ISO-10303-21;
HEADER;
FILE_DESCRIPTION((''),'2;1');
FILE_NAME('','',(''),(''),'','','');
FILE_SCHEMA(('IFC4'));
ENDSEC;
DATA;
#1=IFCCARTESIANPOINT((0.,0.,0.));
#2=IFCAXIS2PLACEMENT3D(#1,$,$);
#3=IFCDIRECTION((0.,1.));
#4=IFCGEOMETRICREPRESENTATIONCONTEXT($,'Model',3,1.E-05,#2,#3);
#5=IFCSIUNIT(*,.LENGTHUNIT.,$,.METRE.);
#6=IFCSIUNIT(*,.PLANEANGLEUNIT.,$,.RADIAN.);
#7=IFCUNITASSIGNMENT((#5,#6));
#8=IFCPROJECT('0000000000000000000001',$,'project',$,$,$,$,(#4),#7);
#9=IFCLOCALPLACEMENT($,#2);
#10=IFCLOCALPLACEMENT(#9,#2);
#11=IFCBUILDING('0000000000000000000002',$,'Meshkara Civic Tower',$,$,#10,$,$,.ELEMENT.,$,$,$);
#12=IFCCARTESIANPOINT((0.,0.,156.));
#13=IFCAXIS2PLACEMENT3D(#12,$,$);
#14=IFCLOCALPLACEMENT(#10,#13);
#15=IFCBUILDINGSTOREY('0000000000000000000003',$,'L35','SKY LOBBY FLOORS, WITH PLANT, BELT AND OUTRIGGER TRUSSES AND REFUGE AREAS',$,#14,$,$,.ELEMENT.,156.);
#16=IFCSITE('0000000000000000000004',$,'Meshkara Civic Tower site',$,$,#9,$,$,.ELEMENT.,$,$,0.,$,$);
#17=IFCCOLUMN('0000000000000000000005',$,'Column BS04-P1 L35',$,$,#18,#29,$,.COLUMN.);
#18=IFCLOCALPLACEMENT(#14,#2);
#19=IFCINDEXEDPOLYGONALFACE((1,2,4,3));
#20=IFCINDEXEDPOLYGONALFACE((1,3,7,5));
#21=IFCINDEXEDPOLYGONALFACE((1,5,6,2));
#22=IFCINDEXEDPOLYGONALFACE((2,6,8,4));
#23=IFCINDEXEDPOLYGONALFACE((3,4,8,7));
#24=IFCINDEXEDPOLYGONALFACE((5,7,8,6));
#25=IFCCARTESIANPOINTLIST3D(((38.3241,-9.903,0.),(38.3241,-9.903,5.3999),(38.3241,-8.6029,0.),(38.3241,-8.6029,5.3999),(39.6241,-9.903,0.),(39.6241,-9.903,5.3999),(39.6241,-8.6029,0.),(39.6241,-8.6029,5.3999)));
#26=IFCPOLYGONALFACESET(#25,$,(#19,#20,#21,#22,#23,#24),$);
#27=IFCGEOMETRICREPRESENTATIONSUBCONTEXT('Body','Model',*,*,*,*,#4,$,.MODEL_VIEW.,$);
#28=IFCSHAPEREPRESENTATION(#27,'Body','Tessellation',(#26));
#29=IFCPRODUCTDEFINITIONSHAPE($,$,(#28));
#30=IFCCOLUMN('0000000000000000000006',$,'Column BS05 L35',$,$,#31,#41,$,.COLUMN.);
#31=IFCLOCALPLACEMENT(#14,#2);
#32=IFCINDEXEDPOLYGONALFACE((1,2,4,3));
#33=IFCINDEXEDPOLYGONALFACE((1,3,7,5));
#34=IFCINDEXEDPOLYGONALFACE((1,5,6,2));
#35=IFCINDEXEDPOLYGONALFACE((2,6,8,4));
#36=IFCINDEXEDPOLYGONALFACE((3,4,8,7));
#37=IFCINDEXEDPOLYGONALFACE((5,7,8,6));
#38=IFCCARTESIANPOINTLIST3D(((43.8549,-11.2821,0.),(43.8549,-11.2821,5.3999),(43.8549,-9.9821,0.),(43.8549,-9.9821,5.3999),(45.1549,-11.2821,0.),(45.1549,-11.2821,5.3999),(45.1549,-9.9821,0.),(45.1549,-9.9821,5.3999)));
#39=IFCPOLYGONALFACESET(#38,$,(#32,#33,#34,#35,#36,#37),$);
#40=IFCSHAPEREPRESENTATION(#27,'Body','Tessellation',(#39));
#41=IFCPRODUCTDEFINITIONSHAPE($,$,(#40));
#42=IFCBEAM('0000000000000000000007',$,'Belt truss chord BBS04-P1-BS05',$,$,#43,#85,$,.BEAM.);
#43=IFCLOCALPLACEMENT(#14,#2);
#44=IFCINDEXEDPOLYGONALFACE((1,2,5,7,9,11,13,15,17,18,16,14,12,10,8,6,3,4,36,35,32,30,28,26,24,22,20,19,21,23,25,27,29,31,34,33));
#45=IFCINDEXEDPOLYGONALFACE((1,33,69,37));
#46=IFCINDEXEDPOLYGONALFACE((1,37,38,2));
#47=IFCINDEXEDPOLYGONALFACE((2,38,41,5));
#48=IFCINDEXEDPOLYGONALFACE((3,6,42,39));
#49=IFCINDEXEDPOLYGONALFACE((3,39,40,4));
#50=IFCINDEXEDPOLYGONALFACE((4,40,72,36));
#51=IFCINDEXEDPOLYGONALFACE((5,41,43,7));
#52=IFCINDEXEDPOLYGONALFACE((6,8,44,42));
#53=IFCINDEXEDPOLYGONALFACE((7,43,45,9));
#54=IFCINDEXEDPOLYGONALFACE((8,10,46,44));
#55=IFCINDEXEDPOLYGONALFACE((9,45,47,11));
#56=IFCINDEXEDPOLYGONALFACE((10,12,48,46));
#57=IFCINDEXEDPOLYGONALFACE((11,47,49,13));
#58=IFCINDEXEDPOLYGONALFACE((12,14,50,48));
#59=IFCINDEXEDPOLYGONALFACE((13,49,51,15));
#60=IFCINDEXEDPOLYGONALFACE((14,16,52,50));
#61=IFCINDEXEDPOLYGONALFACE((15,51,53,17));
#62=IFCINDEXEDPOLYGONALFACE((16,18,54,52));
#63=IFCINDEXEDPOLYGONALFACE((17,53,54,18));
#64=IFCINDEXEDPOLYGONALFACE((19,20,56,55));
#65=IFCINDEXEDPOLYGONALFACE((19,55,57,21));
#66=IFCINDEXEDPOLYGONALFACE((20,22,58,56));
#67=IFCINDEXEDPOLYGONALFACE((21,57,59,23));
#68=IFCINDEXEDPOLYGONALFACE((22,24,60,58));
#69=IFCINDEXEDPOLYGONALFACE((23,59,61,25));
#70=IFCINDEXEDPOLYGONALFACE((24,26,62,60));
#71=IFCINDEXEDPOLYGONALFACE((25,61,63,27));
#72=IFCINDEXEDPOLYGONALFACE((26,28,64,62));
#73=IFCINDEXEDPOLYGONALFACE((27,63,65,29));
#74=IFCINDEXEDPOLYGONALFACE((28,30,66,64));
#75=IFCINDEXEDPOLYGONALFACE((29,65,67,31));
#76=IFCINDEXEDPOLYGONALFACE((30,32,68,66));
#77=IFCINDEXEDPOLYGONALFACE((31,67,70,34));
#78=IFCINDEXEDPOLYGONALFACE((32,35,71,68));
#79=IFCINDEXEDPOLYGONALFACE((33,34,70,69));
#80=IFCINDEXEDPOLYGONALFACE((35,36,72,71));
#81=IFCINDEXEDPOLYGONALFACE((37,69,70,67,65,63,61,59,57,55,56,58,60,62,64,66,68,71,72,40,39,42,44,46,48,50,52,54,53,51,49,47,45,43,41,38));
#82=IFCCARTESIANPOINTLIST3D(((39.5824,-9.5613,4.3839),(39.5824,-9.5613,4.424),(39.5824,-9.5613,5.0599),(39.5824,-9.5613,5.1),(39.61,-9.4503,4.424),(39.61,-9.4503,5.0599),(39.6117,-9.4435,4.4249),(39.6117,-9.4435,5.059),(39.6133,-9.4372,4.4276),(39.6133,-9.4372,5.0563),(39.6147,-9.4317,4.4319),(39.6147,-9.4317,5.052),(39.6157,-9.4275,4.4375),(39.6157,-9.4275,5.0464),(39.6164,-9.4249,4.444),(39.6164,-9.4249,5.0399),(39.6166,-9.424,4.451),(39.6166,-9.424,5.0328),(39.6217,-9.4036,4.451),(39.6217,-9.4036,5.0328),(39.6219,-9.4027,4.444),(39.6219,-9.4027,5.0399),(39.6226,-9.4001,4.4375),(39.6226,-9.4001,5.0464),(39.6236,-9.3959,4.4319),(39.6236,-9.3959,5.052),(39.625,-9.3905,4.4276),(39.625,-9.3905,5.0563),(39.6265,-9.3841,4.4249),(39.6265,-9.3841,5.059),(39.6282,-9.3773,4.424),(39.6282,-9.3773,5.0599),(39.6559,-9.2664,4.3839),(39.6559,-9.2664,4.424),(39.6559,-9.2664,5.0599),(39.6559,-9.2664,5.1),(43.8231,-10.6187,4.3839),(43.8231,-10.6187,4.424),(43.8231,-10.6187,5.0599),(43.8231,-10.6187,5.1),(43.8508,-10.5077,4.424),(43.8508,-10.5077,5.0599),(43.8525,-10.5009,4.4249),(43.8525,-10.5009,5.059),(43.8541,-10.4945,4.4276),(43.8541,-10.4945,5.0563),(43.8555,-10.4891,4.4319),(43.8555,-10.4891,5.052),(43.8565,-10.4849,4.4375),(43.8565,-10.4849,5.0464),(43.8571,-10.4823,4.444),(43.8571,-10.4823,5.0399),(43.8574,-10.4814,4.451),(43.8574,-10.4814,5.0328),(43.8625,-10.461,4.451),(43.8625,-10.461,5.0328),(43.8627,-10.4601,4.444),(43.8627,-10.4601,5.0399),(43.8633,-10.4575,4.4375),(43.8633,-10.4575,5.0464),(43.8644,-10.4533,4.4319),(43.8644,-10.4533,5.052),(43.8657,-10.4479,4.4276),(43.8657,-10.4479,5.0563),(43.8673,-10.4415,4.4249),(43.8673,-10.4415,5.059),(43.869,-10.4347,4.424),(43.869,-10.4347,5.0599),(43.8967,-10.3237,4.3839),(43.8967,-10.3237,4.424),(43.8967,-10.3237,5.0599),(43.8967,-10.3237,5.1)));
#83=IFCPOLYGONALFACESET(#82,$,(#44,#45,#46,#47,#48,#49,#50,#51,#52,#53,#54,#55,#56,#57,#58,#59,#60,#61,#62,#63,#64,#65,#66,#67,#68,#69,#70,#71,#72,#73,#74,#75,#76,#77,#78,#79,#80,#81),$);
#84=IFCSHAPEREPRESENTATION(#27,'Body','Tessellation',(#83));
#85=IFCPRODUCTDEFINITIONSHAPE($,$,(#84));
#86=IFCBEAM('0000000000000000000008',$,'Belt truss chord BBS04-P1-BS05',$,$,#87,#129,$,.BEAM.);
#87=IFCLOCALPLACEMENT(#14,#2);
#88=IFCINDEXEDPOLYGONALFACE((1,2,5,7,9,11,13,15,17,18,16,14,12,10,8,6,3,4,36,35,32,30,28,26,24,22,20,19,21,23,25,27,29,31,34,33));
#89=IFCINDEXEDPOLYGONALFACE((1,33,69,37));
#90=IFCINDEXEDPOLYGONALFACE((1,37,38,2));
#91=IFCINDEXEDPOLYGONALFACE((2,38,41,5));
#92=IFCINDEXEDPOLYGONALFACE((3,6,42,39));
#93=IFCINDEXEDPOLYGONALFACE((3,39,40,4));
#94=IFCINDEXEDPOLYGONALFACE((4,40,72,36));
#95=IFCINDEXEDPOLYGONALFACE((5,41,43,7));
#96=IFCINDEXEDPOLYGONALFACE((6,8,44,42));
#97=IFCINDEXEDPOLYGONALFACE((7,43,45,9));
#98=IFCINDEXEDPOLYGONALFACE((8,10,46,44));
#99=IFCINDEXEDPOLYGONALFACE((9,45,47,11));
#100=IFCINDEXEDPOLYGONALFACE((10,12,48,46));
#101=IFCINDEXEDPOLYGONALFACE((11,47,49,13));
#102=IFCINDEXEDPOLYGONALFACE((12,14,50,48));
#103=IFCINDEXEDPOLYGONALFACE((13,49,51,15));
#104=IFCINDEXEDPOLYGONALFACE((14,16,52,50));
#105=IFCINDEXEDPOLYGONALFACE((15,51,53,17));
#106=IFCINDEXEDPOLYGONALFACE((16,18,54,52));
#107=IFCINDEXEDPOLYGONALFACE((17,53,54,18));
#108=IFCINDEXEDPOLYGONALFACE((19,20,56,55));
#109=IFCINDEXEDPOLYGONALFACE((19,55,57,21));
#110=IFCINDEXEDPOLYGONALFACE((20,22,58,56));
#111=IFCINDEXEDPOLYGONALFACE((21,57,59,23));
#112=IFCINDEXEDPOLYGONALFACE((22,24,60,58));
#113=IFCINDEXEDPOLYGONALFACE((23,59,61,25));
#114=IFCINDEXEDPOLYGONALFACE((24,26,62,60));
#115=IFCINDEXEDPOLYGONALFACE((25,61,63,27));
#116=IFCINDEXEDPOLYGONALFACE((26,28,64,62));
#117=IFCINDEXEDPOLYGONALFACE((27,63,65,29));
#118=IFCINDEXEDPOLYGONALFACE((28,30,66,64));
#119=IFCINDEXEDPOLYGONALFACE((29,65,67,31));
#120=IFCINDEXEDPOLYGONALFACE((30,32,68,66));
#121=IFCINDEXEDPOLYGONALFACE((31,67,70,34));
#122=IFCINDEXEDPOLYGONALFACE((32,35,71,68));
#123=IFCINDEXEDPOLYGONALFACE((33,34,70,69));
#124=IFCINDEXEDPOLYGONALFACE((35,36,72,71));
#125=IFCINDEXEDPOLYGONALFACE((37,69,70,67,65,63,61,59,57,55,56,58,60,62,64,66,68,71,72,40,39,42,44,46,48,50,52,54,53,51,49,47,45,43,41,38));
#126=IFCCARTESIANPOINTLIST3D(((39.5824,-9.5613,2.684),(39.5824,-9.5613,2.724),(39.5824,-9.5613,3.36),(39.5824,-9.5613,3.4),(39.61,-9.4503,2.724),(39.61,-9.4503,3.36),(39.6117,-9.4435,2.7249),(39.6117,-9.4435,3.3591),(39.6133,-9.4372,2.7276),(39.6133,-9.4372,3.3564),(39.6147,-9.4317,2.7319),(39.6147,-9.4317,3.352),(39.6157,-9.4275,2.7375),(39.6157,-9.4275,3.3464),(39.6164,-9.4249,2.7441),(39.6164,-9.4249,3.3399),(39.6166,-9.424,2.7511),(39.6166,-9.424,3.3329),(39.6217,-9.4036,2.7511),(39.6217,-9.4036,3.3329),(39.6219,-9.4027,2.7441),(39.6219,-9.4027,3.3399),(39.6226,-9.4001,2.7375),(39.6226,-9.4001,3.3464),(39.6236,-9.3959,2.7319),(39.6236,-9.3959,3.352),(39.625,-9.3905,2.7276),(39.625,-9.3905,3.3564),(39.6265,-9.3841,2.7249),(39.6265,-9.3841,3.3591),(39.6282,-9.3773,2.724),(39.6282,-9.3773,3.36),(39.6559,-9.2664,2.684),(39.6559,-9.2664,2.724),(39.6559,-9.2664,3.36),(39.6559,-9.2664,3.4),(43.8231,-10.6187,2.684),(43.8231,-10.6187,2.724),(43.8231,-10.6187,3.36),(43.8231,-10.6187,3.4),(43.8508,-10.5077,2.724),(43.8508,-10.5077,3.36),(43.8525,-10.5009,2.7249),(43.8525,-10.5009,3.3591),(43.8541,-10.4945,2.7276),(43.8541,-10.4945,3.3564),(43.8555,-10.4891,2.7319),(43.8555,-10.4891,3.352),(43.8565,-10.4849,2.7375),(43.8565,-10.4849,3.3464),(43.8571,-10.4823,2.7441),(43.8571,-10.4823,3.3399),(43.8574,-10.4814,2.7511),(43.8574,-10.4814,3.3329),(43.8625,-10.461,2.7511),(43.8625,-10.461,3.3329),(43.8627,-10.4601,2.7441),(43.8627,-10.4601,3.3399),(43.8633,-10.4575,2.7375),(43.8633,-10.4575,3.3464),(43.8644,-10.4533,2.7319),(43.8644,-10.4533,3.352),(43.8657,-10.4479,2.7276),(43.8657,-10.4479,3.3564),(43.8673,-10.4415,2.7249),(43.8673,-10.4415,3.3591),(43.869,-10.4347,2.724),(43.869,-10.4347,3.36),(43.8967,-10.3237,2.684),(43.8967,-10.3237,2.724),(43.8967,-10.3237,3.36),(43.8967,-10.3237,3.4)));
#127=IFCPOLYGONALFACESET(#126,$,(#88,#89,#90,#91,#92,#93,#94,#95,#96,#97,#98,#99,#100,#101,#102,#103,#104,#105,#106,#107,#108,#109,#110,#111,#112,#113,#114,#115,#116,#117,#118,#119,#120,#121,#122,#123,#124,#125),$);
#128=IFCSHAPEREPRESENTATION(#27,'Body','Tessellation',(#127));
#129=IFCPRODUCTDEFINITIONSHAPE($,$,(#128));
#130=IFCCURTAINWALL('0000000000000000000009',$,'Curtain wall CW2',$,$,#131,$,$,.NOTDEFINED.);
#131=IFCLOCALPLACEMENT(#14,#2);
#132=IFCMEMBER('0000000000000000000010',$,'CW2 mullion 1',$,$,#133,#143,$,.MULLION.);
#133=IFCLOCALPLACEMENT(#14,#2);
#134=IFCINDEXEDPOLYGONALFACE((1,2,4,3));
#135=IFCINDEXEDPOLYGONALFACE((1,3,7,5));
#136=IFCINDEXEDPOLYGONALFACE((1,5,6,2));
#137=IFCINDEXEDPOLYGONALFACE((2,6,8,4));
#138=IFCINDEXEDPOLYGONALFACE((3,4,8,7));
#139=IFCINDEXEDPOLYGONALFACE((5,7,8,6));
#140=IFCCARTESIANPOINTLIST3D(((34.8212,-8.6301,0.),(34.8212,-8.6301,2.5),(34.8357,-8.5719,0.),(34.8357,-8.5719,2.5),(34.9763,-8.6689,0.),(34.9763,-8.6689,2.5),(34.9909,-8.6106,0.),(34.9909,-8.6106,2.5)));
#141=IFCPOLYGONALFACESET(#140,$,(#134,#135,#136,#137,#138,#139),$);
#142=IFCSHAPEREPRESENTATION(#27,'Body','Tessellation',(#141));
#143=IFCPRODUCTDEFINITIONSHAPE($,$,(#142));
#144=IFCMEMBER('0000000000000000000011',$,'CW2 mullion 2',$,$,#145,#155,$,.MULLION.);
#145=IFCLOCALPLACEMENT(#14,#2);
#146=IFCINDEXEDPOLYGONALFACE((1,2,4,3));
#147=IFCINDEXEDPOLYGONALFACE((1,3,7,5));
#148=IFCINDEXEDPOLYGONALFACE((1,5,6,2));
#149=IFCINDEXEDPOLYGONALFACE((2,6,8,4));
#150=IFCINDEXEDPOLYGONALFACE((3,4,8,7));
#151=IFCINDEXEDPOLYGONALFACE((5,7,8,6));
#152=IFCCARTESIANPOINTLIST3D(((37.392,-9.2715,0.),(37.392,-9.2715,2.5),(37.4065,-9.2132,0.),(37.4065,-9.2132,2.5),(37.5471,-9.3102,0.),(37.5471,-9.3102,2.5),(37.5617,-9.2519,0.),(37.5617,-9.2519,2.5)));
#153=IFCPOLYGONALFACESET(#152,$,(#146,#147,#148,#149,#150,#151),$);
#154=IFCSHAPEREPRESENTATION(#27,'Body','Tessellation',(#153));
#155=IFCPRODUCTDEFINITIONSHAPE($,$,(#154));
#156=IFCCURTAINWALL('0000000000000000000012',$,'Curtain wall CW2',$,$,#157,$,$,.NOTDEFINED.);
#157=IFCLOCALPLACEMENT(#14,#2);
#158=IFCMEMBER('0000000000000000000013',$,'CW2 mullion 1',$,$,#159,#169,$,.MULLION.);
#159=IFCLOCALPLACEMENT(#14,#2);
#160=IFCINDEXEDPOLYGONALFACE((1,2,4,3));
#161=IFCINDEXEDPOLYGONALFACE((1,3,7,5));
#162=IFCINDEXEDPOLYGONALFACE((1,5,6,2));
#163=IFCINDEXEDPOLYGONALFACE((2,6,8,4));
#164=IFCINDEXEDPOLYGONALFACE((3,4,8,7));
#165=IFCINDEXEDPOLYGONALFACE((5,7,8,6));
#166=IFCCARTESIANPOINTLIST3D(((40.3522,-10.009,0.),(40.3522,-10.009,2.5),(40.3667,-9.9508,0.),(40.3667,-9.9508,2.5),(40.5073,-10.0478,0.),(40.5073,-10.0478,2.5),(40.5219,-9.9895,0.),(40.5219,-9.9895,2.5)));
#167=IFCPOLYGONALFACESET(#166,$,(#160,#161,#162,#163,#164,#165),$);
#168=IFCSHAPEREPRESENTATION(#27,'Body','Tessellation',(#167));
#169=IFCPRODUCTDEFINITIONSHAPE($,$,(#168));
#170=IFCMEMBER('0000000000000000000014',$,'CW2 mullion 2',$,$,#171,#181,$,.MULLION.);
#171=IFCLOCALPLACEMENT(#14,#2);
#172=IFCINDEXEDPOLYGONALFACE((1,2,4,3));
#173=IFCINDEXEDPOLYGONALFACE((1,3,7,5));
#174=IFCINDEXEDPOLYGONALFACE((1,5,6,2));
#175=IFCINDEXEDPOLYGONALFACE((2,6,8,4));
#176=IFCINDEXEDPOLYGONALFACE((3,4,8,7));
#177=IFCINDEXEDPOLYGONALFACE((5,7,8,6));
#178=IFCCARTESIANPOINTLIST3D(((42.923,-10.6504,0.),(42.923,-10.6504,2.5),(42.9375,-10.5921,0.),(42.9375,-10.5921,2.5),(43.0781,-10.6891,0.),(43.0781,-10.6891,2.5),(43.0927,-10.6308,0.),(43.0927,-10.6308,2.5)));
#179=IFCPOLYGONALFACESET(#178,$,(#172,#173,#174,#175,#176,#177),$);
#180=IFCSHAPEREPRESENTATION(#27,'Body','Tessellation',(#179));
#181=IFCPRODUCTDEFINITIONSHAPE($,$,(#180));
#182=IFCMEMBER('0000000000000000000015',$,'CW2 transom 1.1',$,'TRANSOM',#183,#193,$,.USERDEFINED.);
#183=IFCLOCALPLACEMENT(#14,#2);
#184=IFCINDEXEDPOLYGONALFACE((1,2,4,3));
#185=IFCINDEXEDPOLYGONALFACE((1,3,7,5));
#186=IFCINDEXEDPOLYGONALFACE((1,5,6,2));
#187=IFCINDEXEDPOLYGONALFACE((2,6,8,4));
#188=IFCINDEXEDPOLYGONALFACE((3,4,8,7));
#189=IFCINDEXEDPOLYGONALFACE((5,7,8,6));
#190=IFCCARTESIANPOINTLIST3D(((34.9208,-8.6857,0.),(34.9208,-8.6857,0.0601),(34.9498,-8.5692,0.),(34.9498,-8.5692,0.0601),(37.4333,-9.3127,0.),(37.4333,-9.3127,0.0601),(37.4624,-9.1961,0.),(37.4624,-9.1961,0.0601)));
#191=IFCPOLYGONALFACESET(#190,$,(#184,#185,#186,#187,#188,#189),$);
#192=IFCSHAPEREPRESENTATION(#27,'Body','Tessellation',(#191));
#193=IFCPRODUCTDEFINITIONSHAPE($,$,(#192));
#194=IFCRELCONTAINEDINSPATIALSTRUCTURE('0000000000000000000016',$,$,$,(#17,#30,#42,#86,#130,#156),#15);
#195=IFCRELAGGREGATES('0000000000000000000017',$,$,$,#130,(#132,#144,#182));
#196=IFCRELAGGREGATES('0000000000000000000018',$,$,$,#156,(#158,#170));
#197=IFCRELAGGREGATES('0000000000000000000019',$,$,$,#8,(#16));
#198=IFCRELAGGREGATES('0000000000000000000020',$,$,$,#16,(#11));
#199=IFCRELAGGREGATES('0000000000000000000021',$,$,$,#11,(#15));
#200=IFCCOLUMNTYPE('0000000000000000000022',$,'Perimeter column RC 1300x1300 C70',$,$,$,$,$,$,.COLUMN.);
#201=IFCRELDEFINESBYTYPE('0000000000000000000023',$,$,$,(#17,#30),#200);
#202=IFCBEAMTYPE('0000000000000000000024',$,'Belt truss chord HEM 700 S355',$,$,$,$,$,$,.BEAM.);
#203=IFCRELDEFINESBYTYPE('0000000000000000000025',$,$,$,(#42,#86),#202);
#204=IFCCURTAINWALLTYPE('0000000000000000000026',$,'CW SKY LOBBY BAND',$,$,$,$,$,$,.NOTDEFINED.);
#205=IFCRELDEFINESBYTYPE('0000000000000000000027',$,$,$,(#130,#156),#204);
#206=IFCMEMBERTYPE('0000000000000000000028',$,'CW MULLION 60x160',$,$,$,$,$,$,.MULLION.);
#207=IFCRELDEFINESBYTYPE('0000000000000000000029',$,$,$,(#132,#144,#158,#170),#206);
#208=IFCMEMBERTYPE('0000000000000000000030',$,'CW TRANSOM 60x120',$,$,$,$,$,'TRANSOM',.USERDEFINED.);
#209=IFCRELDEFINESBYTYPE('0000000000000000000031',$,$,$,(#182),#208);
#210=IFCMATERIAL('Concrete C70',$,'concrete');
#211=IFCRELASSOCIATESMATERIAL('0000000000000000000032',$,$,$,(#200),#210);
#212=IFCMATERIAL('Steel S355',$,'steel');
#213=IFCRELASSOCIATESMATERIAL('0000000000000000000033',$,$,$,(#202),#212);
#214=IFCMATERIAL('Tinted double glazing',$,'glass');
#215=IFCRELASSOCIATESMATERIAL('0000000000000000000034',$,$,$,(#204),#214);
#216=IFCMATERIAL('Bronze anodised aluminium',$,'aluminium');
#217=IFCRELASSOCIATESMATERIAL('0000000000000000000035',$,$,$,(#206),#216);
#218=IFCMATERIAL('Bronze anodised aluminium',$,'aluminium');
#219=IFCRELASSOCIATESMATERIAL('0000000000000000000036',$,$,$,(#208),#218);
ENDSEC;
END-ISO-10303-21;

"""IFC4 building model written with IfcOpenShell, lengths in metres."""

from ifc_helpers import new_model, si_unit, direction, frame, origin, origin_2d, place, context, subcontext, project, spatial, rectangle, i_section, extrude, material, material_profile, profile_set, type_object, element, aggregate, save


model = new_model("IFC4")

# Units and contexts
model_context = context("Model", 3, precision=1e-05, world=origin(), true_north=direction((0.0, 1.0)))
body_context = subcontext(model_context, "Body", "Model", "MODEL_VIEW")
ifc_project = project(units=[si_unit("LENGTHUNIT", "METRE"), si_unit("PLANEANGLEUNIT", "RADIAN")], contexts=[model_context])

# Site, building, storey
site_placement = place(None, origin())
site = spatial("IfcSite", under=ifc_project, at=site_placement, Name="Meshkara Civic Tower site", CompositionType="ELEMENT", RefElevation=0.0)
building_placement = place(site_placement, origin())
building = spatial("IfcBuilding", under=site, at=building_placement, Name="Meshkara Civic Tower", CompositionType="ELEMENT")
storey_placement = place(building_placement, frame((0.0, 0.0, 156.0)))
storey = spatial("IfcBuildingStorey", under=building, at=storey_placement, Name="L35", Description="SKY LOBBY FLOORS, WITH PLANT, BELT AND OUTRIGGER TRUSSES AND REFUGE AREAS", CompositionType="ELEMENT", Elevation=156.0)

# Columns
ifc_material_1 = material(Name="Concrete C70", Category="concrete")
ifc_material_profile_1 = material_profile(ifc_material_1, rectangle(XDim=1.3, YDim=1.3, at=origin_2d()))
ifc_profile_set_1 = profile_set([ifc_material_profile_1], Name="Concrete C70")
column_type = type_object("IfcColumnType", Name="Perimeter column RC 1300x1300 C70", PredefinedType="COLUMN", material=ifc_profile_set_1)
for number, where, z_axis, x_axis, name in (
    (1, (38.9741, -9.2529, 0.0), (0.0, 0.0, 1.0), (1.0, 0.0, 0.0), "Column BS04-P1 L35"),
    (2, (44.5049, -10.6321, 0.0), (0.0, 0.0, 1.0), (1.0, 0.0, 0.0), "Column BS05 L35"),
):
    element("IfcColumn", number, at=place(storey_placement, frame(where, z_axis=z_axis, x_axis=x_axis)), inside=storey, type_object=column_type, Name=name, PredefinedType="COLUMN", context=body_context, shape_type="SweptSolid", body=[
        extrude(rectangle(XDim=1.3, YDim=1.3, at=origin_2d()), origin(), (0.0, 0.0, 1.0), 5.3999),
    ])

# Beams
ifc_material_2 = material(Name="Steel S355", Category="steel")
ifc_material_profile_2 = material_profile(ifc_material_2, i_section(OverallWidth=0.304, OverallDepth=0.7161, WebThickness=0.021, FlangeThickness=0.04, FilletRadius=0.0271, at=origin_2d()))
ifc_profile_set_2 = profile_set([ifc_material_profile_2], Name="Steel S355")
beam_type = type_object("IfcBeamType", Name="Belt truss chord HEM 700 S355", PredefinedType="BEAM", material=ifc_profile_set_2)
for number, where, z_axis, x_axis, name in (
    (3, (39.6191, -9.4138, 4.7419), (0.970293, -0.241931, 0.0), (0.241931, 0.970293, 0.0), "Belt truss chord BBS04-P1-BS05"),
    (4, (39.6191, -9.4138, 3.042), (0.970293, -0.241931, 0.0), (0.241931, 0.970293, 0.0), "Belt truss chord BBS04-P1-BS05"),
):
    element("IfcBeam", number, at=place(storey_placement, frame(where, z_axis=z_axis, x_axis=x_axis)), inside=storey, type_object=beam_type, Name=name, PredefinedType="BEAM", context=body_context, shape_type="SweptSolid", body=[
        extrude(i_section(OverallWidth=0.304, OverallDepth=0.7161, WebThickness=0.021, FlangeThickness=0.04, FilletRadius=0.0271, at=origin_2d()), origin(), (0.0, 0.0, 1.0), 4.3706),
    ])

# Curtain walls, members
ifc_material_3 = material(Name="Tinted double glazing", Category="glass")
curtain_wall_type = type_object("IfcCurtainWallType", Name="CW SKY LOBBY BAND", PredefinedType="NOTDEFINED", material=ifc_material_3)
curtain_wall_1_placement = place(storey_placement, origin())
curtain_wall_1 = element("IfcCurtainWall", 5, at=curtain_wall_1_placement, inside=storey, type_object=curtain_wall_type, Name="Curtain wall CW2", PredefinedType="NOTDEFINED")
ifc_material_4 = material(Name="Bronze anodised aluminium", Category="aluminium")
ifc_material_profile_3 = material_profile(ifc_material_4, rectangle(XDim=0.0601, YDim=0.1599, at=origin_2d()))
ifc_profile_set_3 = profile_set([ifc_material_profile_3], Name="Bronze anodised aluminium")
member_type_1 = type_object("IfcMemberType", Name="CW MULLION 60x160", PredefinedType="MULLION", material=ifc_profile_set_3)
member_1_placement = place(storey_placement, frame((34.906, -8.6204, 0.0), z_axis=(0.0, 0.0, 1.0), x_axis=(0.242101, 0.970251, 0.0)))
member_1 = element("IfcMember", 6, at=member_1_placement, type_object=member_type_1, Name="CW2 mullion 1", PredefinedType="MULLION", context=body_context, shape_type="SweptSolid", body=[
    extrude(rectangle(XDim=0.0601, YDim=0.1599, at=origin_2d()), origin(), (0.0, 0.0, 1.0), 2.5),
])
member_2_placement = place(storey_placement, frame((37.4768, -9.2617, 0.0), z_axis=(0.0, 0.0, 1.0), x_axis=(0.242101, 0.970251, 0.0)))
member_2 = element("IfcMember", 7, at=member_2_placement, type_object=member_type_1, Name="CW2 mullion 2", PredefinedType="MULLION", context=body_context, shape_type="SweptSolid", body=[
    extrude(rectangle(XDim=0.0601, YDim=0.1599, at=origin_2d()), origin(), (0.0, 0.0, 1.0), 2.5),
])
curtain_wall_2_placement = place(storey_placement, origin())
curtain_wall_2 = element("IfcCurtainWall", 8, at=curtain_wall_2_placement, inside=storey, type_object=curtain_wall_type, Name="Curtain wall CW2", PredefinedType="NOTDEFINED")
member_3_placement = place(storey_placement, frame((40.437, -9.9993, 0.0), z_axis=(0.0, 0.0, 1.0), x_axis=(0.242101, 0.970251, 0.0)))
member_3 = element("IfcMember", 9, at=member_3_placement, type_object=member_type_1, Name="CW2 mullion 1", PredefinedType="MULLION", context=body_context, shape_type="SweptSolid", body=[
    extrude(rectangle(XDim=0.0601, YDim=0.1599, at=origin_2d()), origin(), (0.0, 0.0, 1.0), 2.5),
])
member_4_placement = place(storey_placement, frame((43.0078, -10.6406, 0.0), z_axis=(0.0, 0.0, 1.0), x_axis=(0.242101, 0.970251, 0.0)))
member_4 = element("IfcMember", 10, at=member_4_placement, type_object=member_type_1, Name="CW2 mullion 2", PredefinedType="MULLION", context=body_context, shape_type="SweptSolid", body=[
    extrude(rectangle(XDim=0.0601, YDim=0.1599, at=origin_2d()), origin(), (0.0, 0.0, 1.0), 2.5),
])

# Member
ifc_material_5 = material(Name="Bronze anodised aluminium", Category="aluminium")
ifc_material_profile_4 = material_profile(ifc_material_5, rectangle(XDim=0.1201, YDim=0.0601, at=origin_2d()))
ifc_profile_set_4 = profile_set([ifc_material_profile_4], Name="Bronze anodised aluminium")
member_type_2 = type_object("IfcMemberType", Name="CW TRANSOM 60x120", ElementType="TRANSOM", PredefinedType="USERDEFINED", material=ifc_profile_set_4)
member_5_placement = place(storey_placement, frame((34.9353, -8.6274, 0.03), z_axis=(0.970248, -0.242114, 0.0), x_axis=(0.242114, 0.970248, 0.0)))
member_5 = element("IfcMember", 11, at=member_5_placement, type_object=member_type_2, Name="CW2 transom 1.1", ObjectType="TRANSOM", PredefinedType="USERDEFINED", context=body_context, shape_type="SweptSolid", body=[
    extrude(rectangle(XDim=0.1201, YDim=0.0601, at=origin_2d()), origin(), (0.0, 0.0, 1.0), 2.5896),
])

aggregate(curtain_wall_1, [member_1, member_2, member_5])
aggregate(curtain_wall_2, [member_3, member_4])

save(model, "model.ifc")
